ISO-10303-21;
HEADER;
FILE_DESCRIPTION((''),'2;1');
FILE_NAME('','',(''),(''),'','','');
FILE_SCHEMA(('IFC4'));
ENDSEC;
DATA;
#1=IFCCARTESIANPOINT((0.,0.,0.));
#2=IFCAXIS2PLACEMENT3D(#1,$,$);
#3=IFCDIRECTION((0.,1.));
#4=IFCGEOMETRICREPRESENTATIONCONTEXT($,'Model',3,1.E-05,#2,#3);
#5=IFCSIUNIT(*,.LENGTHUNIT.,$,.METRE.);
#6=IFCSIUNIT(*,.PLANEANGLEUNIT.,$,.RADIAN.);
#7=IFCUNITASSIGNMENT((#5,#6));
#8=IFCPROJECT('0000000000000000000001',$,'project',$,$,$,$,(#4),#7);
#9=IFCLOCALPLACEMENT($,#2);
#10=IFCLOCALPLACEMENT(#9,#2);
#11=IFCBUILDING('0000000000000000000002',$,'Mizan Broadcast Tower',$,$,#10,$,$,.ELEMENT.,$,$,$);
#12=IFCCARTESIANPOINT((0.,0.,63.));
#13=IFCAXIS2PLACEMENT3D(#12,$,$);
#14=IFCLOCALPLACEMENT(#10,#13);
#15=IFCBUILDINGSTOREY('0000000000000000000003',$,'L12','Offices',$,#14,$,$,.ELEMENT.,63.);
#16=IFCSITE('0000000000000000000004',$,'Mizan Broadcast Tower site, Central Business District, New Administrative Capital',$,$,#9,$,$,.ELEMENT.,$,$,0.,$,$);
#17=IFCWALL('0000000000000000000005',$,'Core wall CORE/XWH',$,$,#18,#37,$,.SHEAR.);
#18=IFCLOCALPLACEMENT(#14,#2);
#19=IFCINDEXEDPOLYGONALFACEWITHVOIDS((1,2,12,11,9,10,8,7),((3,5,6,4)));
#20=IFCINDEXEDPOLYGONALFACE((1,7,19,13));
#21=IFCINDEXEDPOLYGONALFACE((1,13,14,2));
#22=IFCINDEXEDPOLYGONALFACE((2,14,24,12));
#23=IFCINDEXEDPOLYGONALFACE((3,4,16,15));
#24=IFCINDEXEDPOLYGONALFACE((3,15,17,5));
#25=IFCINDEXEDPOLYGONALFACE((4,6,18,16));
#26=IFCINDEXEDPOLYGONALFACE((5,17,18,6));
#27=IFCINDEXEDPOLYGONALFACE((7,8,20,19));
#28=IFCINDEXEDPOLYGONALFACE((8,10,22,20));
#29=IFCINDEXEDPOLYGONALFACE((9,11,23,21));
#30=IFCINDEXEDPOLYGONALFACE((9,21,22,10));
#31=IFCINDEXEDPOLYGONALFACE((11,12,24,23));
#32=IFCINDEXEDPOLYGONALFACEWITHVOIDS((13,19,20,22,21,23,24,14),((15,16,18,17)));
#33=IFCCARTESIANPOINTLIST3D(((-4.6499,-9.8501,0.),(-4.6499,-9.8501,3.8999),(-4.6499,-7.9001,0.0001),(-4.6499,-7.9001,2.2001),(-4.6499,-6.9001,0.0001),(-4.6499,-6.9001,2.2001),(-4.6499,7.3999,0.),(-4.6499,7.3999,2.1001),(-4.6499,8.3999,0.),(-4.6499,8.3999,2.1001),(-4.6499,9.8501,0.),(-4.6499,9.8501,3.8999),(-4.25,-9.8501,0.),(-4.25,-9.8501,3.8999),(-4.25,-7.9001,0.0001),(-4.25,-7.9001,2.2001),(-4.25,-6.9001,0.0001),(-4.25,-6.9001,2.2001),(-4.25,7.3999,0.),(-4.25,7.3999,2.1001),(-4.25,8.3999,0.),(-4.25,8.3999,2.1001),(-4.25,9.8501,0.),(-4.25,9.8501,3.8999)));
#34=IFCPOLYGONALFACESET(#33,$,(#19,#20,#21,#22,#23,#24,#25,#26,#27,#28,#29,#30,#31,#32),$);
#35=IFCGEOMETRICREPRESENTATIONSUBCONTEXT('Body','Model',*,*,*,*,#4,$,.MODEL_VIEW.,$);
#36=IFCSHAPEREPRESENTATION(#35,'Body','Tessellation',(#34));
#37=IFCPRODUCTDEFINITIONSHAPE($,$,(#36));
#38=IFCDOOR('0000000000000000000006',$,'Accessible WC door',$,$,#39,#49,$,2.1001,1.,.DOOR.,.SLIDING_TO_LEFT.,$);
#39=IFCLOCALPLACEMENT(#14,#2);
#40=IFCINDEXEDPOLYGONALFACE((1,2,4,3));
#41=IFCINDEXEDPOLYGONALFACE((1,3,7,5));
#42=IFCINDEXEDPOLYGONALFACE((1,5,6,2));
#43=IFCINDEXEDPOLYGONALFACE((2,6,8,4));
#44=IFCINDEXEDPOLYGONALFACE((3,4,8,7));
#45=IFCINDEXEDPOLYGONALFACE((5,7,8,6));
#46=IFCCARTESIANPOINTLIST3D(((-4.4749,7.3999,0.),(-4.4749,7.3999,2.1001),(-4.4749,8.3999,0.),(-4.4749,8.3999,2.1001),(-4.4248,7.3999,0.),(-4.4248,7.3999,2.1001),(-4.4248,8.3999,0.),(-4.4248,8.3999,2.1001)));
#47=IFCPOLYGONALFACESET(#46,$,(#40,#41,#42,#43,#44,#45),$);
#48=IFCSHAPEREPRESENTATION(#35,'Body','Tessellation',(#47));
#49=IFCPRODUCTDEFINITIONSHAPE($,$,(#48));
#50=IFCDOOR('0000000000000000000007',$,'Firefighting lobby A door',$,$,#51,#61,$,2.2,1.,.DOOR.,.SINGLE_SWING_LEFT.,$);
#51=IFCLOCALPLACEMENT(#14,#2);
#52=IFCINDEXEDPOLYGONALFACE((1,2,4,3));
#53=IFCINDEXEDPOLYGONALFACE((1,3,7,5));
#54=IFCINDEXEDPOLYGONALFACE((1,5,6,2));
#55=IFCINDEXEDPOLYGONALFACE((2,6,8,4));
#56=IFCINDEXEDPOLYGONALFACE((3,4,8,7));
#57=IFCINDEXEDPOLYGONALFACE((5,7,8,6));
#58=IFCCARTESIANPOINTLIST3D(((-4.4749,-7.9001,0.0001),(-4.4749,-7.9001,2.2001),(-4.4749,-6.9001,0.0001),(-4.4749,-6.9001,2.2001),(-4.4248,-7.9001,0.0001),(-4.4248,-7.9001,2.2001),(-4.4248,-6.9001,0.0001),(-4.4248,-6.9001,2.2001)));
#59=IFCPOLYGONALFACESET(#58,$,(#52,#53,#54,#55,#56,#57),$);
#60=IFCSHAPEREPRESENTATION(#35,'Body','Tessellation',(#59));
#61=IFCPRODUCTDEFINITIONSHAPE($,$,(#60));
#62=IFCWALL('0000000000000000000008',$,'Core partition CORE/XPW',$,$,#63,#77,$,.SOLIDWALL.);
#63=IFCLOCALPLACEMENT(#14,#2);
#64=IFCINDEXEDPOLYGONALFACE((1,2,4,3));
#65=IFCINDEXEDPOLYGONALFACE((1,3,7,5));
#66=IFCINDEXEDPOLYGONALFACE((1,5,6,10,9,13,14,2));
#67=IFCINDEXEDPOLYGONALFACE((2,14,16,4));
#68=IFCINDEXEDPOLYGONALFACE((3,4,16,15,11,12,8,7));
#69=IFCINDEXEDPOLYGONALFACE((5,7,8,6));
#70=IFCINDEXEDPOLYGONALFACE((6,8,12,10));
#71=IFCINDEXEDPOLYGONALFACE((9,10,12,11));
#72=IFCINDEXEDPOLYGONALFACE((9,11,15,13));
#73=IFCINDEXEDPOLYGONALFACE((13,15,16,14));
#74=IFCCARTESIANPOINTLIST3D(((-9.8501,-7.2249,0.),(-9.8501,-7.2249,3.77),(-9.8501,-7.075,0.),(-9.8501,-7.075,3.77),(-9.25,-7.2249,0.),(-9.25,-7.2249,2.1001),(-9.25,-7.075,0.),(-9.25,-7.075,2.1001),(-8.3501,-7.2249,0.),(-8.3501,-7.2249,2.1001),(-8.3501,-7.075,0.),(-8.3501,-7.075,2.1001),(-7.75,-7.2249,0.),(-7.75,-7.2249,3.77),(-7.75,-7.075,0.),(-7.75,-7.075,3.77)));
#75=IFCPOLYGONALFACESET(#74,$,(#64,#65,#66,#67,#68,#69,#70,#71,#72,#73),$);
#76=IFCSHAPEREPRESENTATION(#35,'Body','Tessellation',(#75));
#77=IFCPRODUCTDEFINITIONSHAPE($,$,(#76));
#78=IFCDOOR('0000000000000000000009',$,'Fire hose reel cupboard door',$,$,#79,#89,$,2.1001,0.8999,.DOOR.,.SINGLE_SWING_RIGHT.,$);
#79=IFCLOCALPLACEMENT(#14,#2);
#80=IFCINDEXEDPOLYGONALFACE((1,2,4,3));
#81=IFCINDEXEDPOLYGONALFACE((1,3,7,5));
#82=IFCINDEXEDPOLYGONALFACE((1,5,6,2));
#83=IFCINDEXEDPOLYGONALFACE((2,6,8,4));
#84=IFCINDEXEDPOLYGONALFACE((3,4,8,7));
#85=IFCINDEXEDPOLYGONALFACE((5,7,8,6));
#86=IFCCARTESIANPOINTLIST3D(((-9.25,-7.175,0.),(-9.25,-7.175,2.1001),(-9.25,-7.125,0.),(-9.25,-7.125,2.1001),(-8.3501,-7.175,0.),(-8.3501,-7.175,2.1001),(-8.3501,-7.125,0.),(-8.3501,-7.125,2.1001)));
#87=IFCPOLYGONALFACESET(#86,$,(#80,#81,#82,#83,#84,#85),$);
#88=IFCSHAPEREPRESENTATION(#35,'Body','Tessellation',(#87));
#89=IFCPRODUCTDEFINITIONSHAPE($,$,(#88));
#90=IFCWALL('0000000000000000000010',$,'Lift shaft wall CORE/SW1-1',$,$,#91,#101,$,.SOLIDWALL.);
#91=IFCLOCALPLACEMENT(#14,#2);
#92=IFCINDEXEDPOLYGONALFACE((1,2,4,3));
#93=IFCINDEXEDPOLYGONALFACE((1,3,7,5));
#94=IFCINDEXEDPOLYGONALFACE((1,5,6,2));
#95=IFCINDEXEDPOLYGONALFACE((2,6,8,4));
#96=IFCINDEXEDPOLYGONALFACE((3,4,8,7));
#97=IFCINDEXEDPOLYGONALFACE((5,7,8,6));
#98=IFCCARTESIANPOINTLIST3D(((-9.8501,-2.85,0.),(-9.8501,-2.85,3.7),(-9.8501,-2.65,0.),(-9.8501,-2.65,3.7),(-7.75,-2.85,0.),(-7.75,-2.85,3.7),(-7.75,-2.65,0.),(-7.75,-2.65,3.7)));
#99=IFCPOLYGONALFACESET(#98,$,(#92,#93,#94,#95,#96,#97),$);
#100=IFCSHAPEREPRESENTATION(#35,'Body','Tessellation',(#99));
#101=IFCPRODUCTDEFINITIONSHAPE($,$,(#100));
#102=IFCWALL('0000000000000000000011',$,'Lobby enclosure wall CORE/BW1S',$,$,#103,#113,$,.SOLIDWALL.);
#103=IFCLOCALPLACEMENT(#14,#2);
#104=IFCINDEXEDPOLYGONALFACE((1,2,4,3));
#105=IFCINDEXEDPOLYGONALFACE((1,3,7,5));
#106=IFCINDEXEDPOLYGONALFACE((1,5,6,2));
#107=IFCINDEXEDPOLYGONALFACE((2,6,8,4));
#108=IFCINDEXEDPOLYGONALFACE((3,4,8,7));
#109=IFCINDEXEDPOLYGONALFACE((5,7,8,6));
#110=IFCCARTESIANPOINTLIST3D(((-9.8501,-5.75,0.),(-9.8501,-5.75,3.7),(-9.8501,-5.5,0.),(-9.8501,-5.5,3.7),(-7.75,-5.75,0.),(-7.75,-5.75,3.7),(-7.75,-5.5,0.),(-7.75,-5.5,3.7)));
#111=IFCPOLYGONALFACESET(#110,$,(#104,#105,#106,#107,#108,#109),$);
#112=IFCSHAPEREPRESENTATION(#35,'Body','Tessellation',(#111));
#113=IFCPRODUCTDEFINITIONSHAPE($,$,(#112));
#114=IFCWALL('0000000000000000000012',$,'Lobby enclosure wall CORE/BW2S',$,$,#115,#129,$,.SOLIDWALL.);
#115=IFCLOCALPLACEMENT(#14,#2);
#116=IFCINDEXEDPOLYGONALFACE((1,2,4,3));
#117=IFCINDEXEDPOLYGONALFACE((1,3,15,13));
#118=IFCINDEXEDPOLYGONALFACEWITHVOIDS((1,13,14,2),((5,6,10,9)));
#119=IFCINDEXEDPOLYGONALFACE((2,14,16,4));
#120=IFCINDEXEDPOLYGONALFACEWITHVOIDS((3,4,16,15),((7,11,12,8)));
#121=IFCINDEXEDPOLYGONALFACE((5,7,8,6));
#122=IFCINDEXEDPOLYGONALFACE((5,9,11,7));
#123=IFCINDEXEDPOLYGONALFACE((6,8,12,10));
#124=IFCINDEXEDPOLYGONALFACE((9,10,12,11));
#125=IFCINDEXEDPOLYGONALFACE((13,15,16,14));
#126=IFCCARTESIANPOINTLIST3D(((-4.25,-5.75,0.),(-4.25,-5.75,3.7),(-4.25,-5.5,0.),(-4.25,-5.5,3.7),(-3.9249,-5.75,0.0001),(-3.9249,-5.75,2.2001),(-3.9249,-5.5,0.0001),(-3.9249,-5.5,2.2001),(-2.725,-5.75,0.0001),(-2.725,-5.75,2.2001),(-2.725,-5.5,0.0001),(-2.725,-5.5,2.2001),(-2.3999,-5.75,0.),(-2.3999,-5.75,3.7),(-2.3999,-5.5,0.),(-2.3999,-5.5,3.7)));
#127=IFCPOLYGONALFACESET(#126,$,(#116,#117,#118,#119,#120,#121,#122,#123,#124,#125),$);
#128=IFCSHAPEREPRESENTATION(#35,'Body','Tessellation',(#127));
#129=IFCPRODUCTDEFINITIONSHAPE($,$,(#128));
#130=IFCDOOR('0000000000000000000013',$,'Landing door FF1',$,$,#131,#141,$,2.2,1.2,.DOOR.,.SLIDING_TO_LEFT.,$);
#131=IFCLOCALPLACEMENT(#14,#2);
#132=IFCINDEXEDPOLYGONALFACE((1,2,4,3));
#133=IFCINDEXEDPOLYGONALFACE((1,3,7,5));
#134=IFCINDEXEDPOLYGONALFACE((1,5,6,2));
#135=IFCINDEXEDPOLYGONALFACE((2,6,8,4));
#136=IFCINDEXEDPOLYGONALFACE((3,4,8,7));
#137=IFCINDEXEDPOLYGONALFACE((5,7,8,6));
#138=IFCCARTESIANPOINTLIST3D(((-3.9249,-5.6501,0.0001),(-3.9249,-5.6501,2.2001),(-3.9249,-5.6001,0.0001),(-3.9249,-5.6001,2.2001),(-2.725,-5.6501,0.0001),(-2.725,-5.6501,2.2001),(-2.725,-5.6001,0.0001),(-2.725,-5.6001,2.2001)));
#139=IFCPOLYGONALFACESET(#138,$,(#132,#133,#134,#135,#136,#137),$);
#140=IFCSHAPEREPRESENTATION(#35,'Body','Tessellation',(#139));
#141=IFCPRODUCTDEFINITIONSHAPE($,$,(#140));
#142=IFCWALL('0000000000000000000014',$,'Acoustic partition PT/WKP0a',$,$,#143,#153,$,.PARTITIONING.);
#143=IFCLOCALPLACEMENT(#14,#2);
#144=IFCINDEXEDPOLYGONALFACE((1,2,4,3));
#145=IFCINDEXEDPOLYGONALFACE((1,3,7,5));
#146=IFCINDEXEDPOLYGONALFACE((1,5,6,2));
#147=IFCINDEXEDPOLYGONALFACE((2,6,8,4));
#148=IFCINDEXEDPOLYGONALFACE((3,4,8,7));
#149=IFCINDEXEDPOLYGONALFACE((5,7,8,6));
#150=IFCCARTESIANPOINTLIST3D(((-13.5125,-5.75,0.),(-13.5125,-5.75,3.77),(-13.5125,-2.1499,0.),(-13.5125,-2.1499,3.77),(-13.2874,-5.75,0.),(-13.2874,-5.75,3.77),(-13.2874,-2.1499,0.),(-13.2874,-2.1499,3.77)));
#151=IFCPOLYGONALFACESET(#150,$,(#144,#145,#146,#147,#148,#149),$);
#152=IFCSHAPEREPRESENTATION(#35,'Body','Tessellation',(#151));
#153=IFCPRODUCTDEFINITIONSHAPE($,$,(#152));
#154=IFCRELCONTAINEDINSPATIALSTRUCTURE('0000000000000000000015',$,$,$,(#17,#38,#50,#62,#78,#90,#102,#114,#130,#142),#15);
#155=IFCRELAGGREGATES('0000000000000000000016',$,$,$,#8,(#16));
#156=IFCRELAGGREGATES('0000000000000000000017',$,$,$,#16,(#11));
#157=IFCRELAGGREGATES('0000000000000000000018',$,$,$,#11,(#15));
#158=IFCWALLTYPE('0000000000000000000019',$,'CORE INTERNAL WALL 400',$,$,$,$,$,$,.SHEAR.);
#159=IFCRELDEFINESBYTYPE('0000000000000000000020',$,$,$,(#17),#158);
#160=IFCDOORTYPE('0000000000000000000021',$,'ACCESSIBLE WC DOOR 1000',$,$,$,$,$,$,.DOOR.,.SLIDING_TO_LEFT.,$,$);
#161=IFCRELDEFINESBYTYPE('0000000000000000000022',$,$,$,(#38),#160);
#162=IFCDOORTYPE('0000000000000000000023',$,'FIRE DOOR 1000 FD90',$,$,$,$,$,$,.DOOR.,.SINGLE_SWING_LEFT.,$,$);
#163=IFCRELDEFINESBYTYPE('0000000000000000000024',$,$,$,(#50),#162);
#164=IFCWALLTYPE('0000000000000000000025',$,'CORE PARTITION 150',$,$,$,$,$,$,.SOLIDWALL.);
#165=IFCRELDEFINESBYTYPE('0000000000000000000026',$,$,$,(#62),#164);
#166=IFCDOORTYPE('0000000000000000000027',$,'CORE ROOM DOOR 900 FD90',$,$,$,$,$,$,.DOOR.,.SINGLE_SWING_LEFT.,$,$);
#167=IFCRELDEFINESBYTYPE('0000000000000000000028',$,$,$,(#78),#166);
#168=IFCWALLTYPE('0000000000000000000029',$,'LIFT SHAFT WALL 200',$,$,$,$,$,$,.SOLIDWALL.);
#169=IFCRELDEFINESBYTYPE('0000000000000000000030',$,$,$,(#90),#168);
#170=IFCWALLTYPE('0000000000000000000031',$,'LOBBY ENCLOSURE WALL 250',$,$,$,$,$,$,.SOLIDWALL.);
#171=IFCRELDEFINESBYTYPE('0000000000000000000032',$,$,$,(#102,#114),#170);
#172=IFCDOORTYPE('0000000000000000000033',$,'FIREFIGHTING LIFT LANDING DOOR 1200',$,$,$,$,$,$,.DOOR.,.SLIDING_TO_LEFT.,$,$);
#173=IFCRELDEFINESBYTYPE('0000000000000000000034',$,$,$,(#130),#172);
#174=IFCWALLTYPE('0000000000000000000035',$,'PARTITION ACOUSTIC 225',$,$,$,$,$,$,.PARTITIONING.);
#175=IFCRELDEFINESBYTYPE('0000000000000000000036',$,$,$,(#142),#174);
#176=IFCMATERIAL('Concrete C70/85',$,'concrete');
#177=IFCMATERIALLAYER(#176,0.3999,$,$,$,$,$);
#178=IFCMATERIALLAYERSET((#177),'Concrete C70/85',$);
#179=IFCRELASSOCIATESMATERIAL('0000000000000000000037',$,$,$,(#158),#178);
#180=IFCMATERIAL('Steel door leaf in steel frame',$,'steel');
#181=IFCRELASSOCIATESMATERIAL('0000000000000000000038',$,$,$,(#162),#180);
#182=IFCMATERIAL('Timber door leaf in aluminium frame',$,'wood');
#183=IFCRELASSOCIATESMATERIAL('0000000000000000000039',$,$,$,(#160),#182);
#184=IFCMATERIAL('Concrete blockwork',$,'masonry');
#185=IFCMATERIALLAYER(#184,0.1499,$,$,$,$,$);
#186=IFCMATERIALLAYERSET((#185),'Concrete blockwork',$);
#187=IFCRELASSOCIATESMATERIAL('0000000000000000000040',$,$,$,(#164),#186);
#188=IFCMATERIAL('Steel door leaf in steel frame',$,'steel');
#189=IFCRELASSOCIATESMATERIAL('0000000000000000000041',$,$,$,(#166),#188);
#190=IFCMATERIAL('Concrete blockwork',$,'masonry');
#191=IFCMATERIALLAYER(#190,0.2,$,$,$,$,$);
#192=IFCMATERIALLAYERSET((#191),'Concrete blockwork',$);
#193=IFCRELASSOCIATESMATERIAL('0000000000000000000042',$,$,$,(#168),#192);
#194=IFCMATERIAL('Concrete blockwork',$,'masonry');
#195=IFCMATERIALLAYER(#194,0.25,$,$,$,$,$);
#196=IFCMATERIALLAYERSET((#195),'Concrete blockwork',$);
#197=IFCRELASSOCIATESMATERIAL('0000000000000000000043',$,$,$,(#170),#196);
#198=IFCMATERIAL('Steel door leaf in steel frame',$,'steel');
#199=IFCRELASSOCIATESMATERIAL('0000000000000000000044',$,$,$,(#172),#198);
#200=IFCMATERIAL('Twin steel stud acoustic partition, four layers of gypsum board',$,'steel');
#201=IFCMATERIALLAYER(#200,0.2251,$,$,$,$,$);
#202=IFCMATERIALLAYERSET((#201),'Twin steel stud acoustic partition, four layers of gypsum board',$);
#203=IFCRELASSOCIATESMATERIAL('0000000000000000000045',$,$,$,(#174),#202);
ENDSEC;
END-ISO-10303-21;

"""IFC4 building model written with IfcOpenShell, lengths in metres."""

from ifc_helpers import new_model, si_unit, direction, frame, frame_2d, origin, place, context, subcontext, project, spatial, rectangle, extrude, material, layer, layer_set, type_object, element, fill, save


model = new_model("IFC4")

# Units and contexts
model_context = context("Model", 3, precision=1e-05, world=origin(), true_north=direction((0.0, 1.0)))
body_context = subcontext(model_context, "Body", "Model", "MODEL_VIEW")
ifc_project = project(units=[si_unit("LENGTHUNIT", "METRE"), si_unit("PLANEANGLEUNIT", "RADIAN")], contexts=[model_context])

# Site, building, storey
site_placement = place(None, origin())
site = spatial("IfcSite", under=ifc_project, at=site_placement, Name="Mizan Broadcast Tower site, Central Business District, New Administrative Capital", CompositionType="ELEMENT", RefElevation=0.0)
building_placement = place(site_placement, origin())
building = spatial("IfcBuilding", under=site, at=building_placement, Name="Mizan Broadcast Tower", CompositionType="ELEMENT")
storey_placement = place(building_placement, frame((0.0, 0.0, 63.0)))
storey = spatial("IfcBuildingStorey", under=building, at=storey_placement, Name="L12", Description="Offices", CompositionType="ELEMENT", Elevation=63.0)

# Wall, openings, doors
ifc_material_1 = material(Name="Concrete C70/85", Category="concrete")
ifc_layer_1 = layer(ifc_material_1, 0.3999)
ifc_layer_set_1 = layer_set([ifc_layer_1], Name="Concrete C70/85")
wall_type_1 = type_object("IfcWallType", Name="CORE INTERNAL WALL 400", PredefinedType="SHEAR", material=ifc_layer_set_1)
ifc_material_2 = material(Name="Steel door leaf in steel frame", Category="steel")
door_type_1 = type_object("IfcDoorType", Name="FIRE DOOR 1000 FD90", OperationType="SINGLE_SWING_LEFT", PredefinedType="DOOR", material=ifc_material_2)
wall_1_placement = place(storey_placement, frame((-4.45, -9.8501, 0.0), z_axis=(0.0, 0.0, 1.0), x_axis=(0.0, 1.0, 0.0)))
wall_1 = element("IfcWall", 1, at=wall_1_placement, inside=storey, type_object=wall_type_1, Name="Core wall CORE/XWH", PredefinedType="SHEAR", context=body_context, shape_type="SweptSolid", body=[
    extrude(rectangle(XDim=19.7002, YDim=0.3999, at=frame_2d((9.8501, 0.0))), origin(), (0.0, 0.0, 1.0), 3.8999),
])
opening_1_placement = place(wall_1_placement, frame((1.95, 0.0, 0.0)))
opening_1 = element("IfcOpeningElement", 2, at=opening_1_placement, cuts=wall_1, PredefinedType="OPENING", context=body_context, shape_type="SweptSolid", body=[
    extrude(rectangle(XDim=1.0, YDim=2.2, at=frame_2d((0.5, 1.1001))), frame((0.0, 0.21, 0.0), z_axis=(0.0, -1.0, 0.0), x_axis=(1.0, 0.0, 0.0)), (0.0, 0.0, 1.0), 0.4199),
])
opening_2_placement = place(wall_1_placement, frame((17.25, 0.0, 0.0)))
opening_2 = element("IfcOpeningElement", 3, at=opening_2_placement, cuts=wall_1, PredefinedType="OPENING", context=body_context, shape_type="SweptSolid", body=[
    extrude(rectangle(XDim=1.0, YDim=2.1001, at=frame_2d((0.5, 1.05))), frame((0.0, 0.21, 0.0), z_axis=(0.0, -1.0, 0.0), x_axis=(1.0, 0.0, 0.0)), (0.0, 0.0, 1.0), 0.4199),
])
ifc_material_3 = material(Name="Timber door leaf in aluminium frame", Category="wood")
door_type_2 = type_object("IfcDoorType", Name="ACCESSIBLE WC DOOR 1000", OperationType="SLIDING_TO_LEFT", PredefinedType="DOOR", material=ifc_material_3)
door_1_placement = place(opening_2_placement, origin())
door_1 = element("IfcDoor", 4, at=door_1_placement, inside=storey, type_object=door_type_2, Name="Accessible WC door", OperationType="SLIDING_TO_LEFT", OverallHeight=2.1001, OverallWidth=1.0, PredefinedType="DOOR", context=body_context, shape_type="SweptSolid", body=[
    extrude(rectangle(XDim=1.0, YDim=2.1001, at=frame_2d((0.5, 1.05))), frame((0.0, 0.0249, 0.0), z_axis=(0.0, -1.0, 0.0), x_axis=(1.0, 0.0, 0.0)), (0.0, 0.0, 1.0), 0.05),
])
fill(opening_2, door_1)
door_2_placement = place(opening_1_placement, origin())
door_2 = element("IfcDoor", 5, at=door_2_placement, inside=storey, type_object=door_type_1, Name="Firefighting lobby A door", OperationType="SINGLE_SWING_LEFT", OverallHeight=2.2, OverallWidth=1.0, PredefinedType="DOOR", context=body_context, shape_type="SweptSolid", body=[
    extrude(rectangle(XDim=1.0, YDim=2.2, at=frame_2d((0.5, 1.1001))), frame((0.0, 0.0249, 0.0), z_axis=(0.0, -1.0, 0.0), x_axis=(1.0, 0.0, 0.0)), (0.0, 0.0, 1.0), 0.05),
])
fill(opening_1, door_2)

# Wall, opening, door
ifc_material_4 = material(Name="Concrete blockwork", Category="masonry")
ifc_layer_2 = layer(ifc_material_4, 0.1499)
ifc_layer_set_2 = layer_set([ifc_layer_2], Name="Concrete blockwork")
wall_type_2 = type_object("IfcWallType", Name="CORE PARTITION 150", PredefinedType="SOLIDWALL", material=ifc_layer_set_2)
wall_2_placement = place(storey_placement, frame((-9.8501, -7.1499, 0.0), z_axis=(0.0, 0.0, 1.0), x_axis=(1.0, 0.0, 0.0)))
wall_2 = element("IfcWall", 6, at=wall_2_placement, inside=storey, type_object=wall_type_2, Name="Core partition CORE/XPW", PredefinedType="SOLIDWALL", context=body_context, shape_type="SweptSolid", body=[
    extrude(rectangle(XDim=2.1001, YDim=0.1499, at=frame_2d((1.05, 0.0))), origin(), (0.0, 0.0, 1.0), 3.77),
])
opening_3_placement = place(wall_2_placement, frame((0.6001, 0.0, 0.0)))
opening_3 = element("IfcOpeningElement", 7, at=opening_3_placement, cuts=wall_2, PredefinedType="OPENING", context=body_context, shape_type="SweptSolid", body=[
    extrude(rectangle(XDim=0.8999, YDim=2.1001, at=frame_2d((0.45, 1.05))), frame((0.0, 0.085, 0.0), z_axis=(0.0, -1.0, 0.0), x_axis=(1.0, 0.0, 0.0)), (0.0, 0.0, 1.0), 0.1699),
])
ifc_material_5 = material(Name="Steel door leaf in steel frame", Category="steel")
door_type_3 = type_object("IfcDoorType", Name="CORE ROOM DOOR 900 FD90", OperationType="SINGLE_SWING_LEFT", PredefinedType="DOOR", material=ifc_material_5)
door_3_placement = place(opening_3_placement, origin())
door_3 = element("IfcDoor", 8, at=door_3_placement, inside=storey, type_object=door_type_3, Name="Fire hose reel cupboard door", OperationType="SINGLE_SWING_RIGHT", OverallHeight=2.1001, OverallWidth=0.8999, PredefinedType="DOOR", context=body_context, shape_type="SweptSolid", body=[
    extrude(rectangle(XDim=0.8999, YDim=2.1001, at=frame_2d((0.45, 1.05))), frame((0.0, 0.0249, 0.0), z_axis=(0.0, -1.0, 0.0), x_axis=(1.0, 0.0, 0.0)), (0.0, 0.0, 1.0), 0.05),
])
fill(opening_3, door_3)

# Walls
ifc_material_6 = material(Name="Concrete blockwork", Category="masonry")
ifc_layer_3 = layer(ifc_material_6, 0.2)
ifc_layer_set_3 = layer_set([ifc_layer_3], Name="Concrete blockwork")
wall_type_3 = type_object("IfcWallType", Name="LIFT SHAFT WALL 200", PredefinedType="SOLIDWALL", material=ifc_layer_set_3)
wall_3_placement = place(storey_placement, frame((-9.8501, -2.75, 0.0), z_axis=(0.0, 0.0, 1.0), x_axis=(1.0, 0.0, 0.0)))
element("IfcWall", 9, at=wall_3_placement, inside=storey, type_object=wall_type_3, Name="Lift shaft wall CORE/SW1-1", PredefinedType="SOLIDWALL", context=body_context, shape_type="SweptSolid", body=[
    extrude(rectangle(XDim=2.1001, YDim=0.2, at=frame_2d((1.05, 0.0))), origin(), (0.0, 0.0, 1.0), 3.7),
])
ifc_material_7 = material(Name="Concrete blockwork", Category="masonry")
ifc_layer_4 = layer(ifc_material_7, 0.25)
ifc_layer_set_4 = layer_set([ifc_layer_4], Name="Concrete blockwork")
wall_type_4 = type_object("IfcWallType", Name="LOBBY ENCLOSURE WALL 250", PredefinedType="SOLIDWALL", material=ifc_layer_set_4)
wall_4_placement = place(storey_placement, frame((-9.8501, -5.625, 0.0), z_axis=(0.0, 0.0, 1.0), x_axis=(1.0, 0.0, 0.0)))
element("IfcWall", 10, at=wall_4_placement, inside=storey, type_object=wall_type_4, Name="Lobby enclosure wall CORE/BW1S", PredefinedType="SOLIDWALL", context=body_context, shape_type="SweptSolid", body=[
    extrude(rectangle(XDim=2.1001, YDim=0.25, at=frame_2d((1.05, 0.0))), origin(), (0.0, 0.0, 1.0), 3.7),
])

# Wall, opening, door
wall_5_placement = place(storey_placement, frame((-4.25, -5.625, 0.0), z_axis=(0.0, 0.0, 1.0), x_axis=(1.0, 0.0, 0.0)))
wall_5 = element("IfcWall", 11, at=wall_5_placement, inside=storey, type_object=wall_type_4, Name="Lobby enclosure wall CORE/BW2S", PredefinedType="SOLIDWALL", context=body_context, shape_type="SweptSolid", body=[
    extrude(rectangle(XDim=1.8501, YDim=0.25, at=frame_2d((0.925, 0.0))), origin(), (0.0, 0.0, 1.0), 3.7),
])
opening_4_placement = place(wall_5_placement, frame((0.325, 0.0, 0.0)))
opening_4 = element("IfcOpeningElement", 12, at=opening_4_placement, cuts=wall_5, PredefinedType="OPENING", context=body_context, shape_type="SweptSolid", body=[
    extrude(rectangle(XDim=1.2, YDim=2.2, at=frame_2d((0.6001, 1.1001))), frame((0.0, 0.135, 0.0), z_axis=(0.0, -1.0, 0.0), x_axis=(1.0, 0.0, 0.0)), (0.0, 0.0, 1.0), 0.27),
])
ifc_material_8 = material(Name="Steel door leaf in steel frame", Category="steel")
door_type_4 = type_object("IfcDoorType", Name="FIREFIGHTING LIFT LANDING DOOR 1200", OperationType="SLIDING_TO_LEFT", PredefinedType="DOOR", material=ifc_material_8)
door_4_placement = place(opening_4_placement, origin())
door_4 = element("IfcDoor", 13, at=door_4_placement, inside=storey, type_object=door_type_4, Name="Landing door FF1", OperationType="SLIDING_TO_LEFT", OverallHeight=2.2, OverallWidth=1.2, PredefinedType="DOOR", context=body_context, shape_type="SweptSolid", body=[
    extrude(rectangle(XDim=1.2, YDim=2.2, at=frame_2d((0.6001, 1.1001))), frame((0.0, 0.0249, 0.0), z_axis=(0.0, -1.0, 0.0), x_axis=(1.0, 0.0, 0.0)), (0.0, 0.0, 1.0), 0.05),
])
fill(opening_4, door_4)

# Wall
ifc_material_9 = material(Name="Twin steel stud acoustic partition, four layers of gypsum board", Category="steel")
ifc_layer_5 = layer(ifc_material_9, 0.2251)
ifc_layer_set_5 = layer_set([ifc_layer_5], Name="Twin steel stud acoustic partition, four layers of gypsum board")
wall_type_5 = type_object("IfcWallType", Name="PARTITION ACOUSTIC 225", PredefinedType="PARTITIONING", material=ifc_layer_set_5)
wall_6_placement = place(storey_placement, frame((-13.3999, -2.1499, 0.0), z_axis=(0.0, 0.0, 1.0), x_axis=(0.0, -1.0, 0.0)))
element("IfcWall", 14, at=wall_6_placement, inside=storey, type_object=wall_type_5, Name="Acoustic partition PT/WKP0a", PredefinedType="PARTITIONING", context=body_context, shape_type="SweptSolid", body=[
    extrude(rectangle(XDim=3.6001, YDim=0.2251, at=frame_2d((1.8, 0.0))), origin(), (0.0, 0.0, 1.0), 3.77),
])

save(model, "model.ifc")
